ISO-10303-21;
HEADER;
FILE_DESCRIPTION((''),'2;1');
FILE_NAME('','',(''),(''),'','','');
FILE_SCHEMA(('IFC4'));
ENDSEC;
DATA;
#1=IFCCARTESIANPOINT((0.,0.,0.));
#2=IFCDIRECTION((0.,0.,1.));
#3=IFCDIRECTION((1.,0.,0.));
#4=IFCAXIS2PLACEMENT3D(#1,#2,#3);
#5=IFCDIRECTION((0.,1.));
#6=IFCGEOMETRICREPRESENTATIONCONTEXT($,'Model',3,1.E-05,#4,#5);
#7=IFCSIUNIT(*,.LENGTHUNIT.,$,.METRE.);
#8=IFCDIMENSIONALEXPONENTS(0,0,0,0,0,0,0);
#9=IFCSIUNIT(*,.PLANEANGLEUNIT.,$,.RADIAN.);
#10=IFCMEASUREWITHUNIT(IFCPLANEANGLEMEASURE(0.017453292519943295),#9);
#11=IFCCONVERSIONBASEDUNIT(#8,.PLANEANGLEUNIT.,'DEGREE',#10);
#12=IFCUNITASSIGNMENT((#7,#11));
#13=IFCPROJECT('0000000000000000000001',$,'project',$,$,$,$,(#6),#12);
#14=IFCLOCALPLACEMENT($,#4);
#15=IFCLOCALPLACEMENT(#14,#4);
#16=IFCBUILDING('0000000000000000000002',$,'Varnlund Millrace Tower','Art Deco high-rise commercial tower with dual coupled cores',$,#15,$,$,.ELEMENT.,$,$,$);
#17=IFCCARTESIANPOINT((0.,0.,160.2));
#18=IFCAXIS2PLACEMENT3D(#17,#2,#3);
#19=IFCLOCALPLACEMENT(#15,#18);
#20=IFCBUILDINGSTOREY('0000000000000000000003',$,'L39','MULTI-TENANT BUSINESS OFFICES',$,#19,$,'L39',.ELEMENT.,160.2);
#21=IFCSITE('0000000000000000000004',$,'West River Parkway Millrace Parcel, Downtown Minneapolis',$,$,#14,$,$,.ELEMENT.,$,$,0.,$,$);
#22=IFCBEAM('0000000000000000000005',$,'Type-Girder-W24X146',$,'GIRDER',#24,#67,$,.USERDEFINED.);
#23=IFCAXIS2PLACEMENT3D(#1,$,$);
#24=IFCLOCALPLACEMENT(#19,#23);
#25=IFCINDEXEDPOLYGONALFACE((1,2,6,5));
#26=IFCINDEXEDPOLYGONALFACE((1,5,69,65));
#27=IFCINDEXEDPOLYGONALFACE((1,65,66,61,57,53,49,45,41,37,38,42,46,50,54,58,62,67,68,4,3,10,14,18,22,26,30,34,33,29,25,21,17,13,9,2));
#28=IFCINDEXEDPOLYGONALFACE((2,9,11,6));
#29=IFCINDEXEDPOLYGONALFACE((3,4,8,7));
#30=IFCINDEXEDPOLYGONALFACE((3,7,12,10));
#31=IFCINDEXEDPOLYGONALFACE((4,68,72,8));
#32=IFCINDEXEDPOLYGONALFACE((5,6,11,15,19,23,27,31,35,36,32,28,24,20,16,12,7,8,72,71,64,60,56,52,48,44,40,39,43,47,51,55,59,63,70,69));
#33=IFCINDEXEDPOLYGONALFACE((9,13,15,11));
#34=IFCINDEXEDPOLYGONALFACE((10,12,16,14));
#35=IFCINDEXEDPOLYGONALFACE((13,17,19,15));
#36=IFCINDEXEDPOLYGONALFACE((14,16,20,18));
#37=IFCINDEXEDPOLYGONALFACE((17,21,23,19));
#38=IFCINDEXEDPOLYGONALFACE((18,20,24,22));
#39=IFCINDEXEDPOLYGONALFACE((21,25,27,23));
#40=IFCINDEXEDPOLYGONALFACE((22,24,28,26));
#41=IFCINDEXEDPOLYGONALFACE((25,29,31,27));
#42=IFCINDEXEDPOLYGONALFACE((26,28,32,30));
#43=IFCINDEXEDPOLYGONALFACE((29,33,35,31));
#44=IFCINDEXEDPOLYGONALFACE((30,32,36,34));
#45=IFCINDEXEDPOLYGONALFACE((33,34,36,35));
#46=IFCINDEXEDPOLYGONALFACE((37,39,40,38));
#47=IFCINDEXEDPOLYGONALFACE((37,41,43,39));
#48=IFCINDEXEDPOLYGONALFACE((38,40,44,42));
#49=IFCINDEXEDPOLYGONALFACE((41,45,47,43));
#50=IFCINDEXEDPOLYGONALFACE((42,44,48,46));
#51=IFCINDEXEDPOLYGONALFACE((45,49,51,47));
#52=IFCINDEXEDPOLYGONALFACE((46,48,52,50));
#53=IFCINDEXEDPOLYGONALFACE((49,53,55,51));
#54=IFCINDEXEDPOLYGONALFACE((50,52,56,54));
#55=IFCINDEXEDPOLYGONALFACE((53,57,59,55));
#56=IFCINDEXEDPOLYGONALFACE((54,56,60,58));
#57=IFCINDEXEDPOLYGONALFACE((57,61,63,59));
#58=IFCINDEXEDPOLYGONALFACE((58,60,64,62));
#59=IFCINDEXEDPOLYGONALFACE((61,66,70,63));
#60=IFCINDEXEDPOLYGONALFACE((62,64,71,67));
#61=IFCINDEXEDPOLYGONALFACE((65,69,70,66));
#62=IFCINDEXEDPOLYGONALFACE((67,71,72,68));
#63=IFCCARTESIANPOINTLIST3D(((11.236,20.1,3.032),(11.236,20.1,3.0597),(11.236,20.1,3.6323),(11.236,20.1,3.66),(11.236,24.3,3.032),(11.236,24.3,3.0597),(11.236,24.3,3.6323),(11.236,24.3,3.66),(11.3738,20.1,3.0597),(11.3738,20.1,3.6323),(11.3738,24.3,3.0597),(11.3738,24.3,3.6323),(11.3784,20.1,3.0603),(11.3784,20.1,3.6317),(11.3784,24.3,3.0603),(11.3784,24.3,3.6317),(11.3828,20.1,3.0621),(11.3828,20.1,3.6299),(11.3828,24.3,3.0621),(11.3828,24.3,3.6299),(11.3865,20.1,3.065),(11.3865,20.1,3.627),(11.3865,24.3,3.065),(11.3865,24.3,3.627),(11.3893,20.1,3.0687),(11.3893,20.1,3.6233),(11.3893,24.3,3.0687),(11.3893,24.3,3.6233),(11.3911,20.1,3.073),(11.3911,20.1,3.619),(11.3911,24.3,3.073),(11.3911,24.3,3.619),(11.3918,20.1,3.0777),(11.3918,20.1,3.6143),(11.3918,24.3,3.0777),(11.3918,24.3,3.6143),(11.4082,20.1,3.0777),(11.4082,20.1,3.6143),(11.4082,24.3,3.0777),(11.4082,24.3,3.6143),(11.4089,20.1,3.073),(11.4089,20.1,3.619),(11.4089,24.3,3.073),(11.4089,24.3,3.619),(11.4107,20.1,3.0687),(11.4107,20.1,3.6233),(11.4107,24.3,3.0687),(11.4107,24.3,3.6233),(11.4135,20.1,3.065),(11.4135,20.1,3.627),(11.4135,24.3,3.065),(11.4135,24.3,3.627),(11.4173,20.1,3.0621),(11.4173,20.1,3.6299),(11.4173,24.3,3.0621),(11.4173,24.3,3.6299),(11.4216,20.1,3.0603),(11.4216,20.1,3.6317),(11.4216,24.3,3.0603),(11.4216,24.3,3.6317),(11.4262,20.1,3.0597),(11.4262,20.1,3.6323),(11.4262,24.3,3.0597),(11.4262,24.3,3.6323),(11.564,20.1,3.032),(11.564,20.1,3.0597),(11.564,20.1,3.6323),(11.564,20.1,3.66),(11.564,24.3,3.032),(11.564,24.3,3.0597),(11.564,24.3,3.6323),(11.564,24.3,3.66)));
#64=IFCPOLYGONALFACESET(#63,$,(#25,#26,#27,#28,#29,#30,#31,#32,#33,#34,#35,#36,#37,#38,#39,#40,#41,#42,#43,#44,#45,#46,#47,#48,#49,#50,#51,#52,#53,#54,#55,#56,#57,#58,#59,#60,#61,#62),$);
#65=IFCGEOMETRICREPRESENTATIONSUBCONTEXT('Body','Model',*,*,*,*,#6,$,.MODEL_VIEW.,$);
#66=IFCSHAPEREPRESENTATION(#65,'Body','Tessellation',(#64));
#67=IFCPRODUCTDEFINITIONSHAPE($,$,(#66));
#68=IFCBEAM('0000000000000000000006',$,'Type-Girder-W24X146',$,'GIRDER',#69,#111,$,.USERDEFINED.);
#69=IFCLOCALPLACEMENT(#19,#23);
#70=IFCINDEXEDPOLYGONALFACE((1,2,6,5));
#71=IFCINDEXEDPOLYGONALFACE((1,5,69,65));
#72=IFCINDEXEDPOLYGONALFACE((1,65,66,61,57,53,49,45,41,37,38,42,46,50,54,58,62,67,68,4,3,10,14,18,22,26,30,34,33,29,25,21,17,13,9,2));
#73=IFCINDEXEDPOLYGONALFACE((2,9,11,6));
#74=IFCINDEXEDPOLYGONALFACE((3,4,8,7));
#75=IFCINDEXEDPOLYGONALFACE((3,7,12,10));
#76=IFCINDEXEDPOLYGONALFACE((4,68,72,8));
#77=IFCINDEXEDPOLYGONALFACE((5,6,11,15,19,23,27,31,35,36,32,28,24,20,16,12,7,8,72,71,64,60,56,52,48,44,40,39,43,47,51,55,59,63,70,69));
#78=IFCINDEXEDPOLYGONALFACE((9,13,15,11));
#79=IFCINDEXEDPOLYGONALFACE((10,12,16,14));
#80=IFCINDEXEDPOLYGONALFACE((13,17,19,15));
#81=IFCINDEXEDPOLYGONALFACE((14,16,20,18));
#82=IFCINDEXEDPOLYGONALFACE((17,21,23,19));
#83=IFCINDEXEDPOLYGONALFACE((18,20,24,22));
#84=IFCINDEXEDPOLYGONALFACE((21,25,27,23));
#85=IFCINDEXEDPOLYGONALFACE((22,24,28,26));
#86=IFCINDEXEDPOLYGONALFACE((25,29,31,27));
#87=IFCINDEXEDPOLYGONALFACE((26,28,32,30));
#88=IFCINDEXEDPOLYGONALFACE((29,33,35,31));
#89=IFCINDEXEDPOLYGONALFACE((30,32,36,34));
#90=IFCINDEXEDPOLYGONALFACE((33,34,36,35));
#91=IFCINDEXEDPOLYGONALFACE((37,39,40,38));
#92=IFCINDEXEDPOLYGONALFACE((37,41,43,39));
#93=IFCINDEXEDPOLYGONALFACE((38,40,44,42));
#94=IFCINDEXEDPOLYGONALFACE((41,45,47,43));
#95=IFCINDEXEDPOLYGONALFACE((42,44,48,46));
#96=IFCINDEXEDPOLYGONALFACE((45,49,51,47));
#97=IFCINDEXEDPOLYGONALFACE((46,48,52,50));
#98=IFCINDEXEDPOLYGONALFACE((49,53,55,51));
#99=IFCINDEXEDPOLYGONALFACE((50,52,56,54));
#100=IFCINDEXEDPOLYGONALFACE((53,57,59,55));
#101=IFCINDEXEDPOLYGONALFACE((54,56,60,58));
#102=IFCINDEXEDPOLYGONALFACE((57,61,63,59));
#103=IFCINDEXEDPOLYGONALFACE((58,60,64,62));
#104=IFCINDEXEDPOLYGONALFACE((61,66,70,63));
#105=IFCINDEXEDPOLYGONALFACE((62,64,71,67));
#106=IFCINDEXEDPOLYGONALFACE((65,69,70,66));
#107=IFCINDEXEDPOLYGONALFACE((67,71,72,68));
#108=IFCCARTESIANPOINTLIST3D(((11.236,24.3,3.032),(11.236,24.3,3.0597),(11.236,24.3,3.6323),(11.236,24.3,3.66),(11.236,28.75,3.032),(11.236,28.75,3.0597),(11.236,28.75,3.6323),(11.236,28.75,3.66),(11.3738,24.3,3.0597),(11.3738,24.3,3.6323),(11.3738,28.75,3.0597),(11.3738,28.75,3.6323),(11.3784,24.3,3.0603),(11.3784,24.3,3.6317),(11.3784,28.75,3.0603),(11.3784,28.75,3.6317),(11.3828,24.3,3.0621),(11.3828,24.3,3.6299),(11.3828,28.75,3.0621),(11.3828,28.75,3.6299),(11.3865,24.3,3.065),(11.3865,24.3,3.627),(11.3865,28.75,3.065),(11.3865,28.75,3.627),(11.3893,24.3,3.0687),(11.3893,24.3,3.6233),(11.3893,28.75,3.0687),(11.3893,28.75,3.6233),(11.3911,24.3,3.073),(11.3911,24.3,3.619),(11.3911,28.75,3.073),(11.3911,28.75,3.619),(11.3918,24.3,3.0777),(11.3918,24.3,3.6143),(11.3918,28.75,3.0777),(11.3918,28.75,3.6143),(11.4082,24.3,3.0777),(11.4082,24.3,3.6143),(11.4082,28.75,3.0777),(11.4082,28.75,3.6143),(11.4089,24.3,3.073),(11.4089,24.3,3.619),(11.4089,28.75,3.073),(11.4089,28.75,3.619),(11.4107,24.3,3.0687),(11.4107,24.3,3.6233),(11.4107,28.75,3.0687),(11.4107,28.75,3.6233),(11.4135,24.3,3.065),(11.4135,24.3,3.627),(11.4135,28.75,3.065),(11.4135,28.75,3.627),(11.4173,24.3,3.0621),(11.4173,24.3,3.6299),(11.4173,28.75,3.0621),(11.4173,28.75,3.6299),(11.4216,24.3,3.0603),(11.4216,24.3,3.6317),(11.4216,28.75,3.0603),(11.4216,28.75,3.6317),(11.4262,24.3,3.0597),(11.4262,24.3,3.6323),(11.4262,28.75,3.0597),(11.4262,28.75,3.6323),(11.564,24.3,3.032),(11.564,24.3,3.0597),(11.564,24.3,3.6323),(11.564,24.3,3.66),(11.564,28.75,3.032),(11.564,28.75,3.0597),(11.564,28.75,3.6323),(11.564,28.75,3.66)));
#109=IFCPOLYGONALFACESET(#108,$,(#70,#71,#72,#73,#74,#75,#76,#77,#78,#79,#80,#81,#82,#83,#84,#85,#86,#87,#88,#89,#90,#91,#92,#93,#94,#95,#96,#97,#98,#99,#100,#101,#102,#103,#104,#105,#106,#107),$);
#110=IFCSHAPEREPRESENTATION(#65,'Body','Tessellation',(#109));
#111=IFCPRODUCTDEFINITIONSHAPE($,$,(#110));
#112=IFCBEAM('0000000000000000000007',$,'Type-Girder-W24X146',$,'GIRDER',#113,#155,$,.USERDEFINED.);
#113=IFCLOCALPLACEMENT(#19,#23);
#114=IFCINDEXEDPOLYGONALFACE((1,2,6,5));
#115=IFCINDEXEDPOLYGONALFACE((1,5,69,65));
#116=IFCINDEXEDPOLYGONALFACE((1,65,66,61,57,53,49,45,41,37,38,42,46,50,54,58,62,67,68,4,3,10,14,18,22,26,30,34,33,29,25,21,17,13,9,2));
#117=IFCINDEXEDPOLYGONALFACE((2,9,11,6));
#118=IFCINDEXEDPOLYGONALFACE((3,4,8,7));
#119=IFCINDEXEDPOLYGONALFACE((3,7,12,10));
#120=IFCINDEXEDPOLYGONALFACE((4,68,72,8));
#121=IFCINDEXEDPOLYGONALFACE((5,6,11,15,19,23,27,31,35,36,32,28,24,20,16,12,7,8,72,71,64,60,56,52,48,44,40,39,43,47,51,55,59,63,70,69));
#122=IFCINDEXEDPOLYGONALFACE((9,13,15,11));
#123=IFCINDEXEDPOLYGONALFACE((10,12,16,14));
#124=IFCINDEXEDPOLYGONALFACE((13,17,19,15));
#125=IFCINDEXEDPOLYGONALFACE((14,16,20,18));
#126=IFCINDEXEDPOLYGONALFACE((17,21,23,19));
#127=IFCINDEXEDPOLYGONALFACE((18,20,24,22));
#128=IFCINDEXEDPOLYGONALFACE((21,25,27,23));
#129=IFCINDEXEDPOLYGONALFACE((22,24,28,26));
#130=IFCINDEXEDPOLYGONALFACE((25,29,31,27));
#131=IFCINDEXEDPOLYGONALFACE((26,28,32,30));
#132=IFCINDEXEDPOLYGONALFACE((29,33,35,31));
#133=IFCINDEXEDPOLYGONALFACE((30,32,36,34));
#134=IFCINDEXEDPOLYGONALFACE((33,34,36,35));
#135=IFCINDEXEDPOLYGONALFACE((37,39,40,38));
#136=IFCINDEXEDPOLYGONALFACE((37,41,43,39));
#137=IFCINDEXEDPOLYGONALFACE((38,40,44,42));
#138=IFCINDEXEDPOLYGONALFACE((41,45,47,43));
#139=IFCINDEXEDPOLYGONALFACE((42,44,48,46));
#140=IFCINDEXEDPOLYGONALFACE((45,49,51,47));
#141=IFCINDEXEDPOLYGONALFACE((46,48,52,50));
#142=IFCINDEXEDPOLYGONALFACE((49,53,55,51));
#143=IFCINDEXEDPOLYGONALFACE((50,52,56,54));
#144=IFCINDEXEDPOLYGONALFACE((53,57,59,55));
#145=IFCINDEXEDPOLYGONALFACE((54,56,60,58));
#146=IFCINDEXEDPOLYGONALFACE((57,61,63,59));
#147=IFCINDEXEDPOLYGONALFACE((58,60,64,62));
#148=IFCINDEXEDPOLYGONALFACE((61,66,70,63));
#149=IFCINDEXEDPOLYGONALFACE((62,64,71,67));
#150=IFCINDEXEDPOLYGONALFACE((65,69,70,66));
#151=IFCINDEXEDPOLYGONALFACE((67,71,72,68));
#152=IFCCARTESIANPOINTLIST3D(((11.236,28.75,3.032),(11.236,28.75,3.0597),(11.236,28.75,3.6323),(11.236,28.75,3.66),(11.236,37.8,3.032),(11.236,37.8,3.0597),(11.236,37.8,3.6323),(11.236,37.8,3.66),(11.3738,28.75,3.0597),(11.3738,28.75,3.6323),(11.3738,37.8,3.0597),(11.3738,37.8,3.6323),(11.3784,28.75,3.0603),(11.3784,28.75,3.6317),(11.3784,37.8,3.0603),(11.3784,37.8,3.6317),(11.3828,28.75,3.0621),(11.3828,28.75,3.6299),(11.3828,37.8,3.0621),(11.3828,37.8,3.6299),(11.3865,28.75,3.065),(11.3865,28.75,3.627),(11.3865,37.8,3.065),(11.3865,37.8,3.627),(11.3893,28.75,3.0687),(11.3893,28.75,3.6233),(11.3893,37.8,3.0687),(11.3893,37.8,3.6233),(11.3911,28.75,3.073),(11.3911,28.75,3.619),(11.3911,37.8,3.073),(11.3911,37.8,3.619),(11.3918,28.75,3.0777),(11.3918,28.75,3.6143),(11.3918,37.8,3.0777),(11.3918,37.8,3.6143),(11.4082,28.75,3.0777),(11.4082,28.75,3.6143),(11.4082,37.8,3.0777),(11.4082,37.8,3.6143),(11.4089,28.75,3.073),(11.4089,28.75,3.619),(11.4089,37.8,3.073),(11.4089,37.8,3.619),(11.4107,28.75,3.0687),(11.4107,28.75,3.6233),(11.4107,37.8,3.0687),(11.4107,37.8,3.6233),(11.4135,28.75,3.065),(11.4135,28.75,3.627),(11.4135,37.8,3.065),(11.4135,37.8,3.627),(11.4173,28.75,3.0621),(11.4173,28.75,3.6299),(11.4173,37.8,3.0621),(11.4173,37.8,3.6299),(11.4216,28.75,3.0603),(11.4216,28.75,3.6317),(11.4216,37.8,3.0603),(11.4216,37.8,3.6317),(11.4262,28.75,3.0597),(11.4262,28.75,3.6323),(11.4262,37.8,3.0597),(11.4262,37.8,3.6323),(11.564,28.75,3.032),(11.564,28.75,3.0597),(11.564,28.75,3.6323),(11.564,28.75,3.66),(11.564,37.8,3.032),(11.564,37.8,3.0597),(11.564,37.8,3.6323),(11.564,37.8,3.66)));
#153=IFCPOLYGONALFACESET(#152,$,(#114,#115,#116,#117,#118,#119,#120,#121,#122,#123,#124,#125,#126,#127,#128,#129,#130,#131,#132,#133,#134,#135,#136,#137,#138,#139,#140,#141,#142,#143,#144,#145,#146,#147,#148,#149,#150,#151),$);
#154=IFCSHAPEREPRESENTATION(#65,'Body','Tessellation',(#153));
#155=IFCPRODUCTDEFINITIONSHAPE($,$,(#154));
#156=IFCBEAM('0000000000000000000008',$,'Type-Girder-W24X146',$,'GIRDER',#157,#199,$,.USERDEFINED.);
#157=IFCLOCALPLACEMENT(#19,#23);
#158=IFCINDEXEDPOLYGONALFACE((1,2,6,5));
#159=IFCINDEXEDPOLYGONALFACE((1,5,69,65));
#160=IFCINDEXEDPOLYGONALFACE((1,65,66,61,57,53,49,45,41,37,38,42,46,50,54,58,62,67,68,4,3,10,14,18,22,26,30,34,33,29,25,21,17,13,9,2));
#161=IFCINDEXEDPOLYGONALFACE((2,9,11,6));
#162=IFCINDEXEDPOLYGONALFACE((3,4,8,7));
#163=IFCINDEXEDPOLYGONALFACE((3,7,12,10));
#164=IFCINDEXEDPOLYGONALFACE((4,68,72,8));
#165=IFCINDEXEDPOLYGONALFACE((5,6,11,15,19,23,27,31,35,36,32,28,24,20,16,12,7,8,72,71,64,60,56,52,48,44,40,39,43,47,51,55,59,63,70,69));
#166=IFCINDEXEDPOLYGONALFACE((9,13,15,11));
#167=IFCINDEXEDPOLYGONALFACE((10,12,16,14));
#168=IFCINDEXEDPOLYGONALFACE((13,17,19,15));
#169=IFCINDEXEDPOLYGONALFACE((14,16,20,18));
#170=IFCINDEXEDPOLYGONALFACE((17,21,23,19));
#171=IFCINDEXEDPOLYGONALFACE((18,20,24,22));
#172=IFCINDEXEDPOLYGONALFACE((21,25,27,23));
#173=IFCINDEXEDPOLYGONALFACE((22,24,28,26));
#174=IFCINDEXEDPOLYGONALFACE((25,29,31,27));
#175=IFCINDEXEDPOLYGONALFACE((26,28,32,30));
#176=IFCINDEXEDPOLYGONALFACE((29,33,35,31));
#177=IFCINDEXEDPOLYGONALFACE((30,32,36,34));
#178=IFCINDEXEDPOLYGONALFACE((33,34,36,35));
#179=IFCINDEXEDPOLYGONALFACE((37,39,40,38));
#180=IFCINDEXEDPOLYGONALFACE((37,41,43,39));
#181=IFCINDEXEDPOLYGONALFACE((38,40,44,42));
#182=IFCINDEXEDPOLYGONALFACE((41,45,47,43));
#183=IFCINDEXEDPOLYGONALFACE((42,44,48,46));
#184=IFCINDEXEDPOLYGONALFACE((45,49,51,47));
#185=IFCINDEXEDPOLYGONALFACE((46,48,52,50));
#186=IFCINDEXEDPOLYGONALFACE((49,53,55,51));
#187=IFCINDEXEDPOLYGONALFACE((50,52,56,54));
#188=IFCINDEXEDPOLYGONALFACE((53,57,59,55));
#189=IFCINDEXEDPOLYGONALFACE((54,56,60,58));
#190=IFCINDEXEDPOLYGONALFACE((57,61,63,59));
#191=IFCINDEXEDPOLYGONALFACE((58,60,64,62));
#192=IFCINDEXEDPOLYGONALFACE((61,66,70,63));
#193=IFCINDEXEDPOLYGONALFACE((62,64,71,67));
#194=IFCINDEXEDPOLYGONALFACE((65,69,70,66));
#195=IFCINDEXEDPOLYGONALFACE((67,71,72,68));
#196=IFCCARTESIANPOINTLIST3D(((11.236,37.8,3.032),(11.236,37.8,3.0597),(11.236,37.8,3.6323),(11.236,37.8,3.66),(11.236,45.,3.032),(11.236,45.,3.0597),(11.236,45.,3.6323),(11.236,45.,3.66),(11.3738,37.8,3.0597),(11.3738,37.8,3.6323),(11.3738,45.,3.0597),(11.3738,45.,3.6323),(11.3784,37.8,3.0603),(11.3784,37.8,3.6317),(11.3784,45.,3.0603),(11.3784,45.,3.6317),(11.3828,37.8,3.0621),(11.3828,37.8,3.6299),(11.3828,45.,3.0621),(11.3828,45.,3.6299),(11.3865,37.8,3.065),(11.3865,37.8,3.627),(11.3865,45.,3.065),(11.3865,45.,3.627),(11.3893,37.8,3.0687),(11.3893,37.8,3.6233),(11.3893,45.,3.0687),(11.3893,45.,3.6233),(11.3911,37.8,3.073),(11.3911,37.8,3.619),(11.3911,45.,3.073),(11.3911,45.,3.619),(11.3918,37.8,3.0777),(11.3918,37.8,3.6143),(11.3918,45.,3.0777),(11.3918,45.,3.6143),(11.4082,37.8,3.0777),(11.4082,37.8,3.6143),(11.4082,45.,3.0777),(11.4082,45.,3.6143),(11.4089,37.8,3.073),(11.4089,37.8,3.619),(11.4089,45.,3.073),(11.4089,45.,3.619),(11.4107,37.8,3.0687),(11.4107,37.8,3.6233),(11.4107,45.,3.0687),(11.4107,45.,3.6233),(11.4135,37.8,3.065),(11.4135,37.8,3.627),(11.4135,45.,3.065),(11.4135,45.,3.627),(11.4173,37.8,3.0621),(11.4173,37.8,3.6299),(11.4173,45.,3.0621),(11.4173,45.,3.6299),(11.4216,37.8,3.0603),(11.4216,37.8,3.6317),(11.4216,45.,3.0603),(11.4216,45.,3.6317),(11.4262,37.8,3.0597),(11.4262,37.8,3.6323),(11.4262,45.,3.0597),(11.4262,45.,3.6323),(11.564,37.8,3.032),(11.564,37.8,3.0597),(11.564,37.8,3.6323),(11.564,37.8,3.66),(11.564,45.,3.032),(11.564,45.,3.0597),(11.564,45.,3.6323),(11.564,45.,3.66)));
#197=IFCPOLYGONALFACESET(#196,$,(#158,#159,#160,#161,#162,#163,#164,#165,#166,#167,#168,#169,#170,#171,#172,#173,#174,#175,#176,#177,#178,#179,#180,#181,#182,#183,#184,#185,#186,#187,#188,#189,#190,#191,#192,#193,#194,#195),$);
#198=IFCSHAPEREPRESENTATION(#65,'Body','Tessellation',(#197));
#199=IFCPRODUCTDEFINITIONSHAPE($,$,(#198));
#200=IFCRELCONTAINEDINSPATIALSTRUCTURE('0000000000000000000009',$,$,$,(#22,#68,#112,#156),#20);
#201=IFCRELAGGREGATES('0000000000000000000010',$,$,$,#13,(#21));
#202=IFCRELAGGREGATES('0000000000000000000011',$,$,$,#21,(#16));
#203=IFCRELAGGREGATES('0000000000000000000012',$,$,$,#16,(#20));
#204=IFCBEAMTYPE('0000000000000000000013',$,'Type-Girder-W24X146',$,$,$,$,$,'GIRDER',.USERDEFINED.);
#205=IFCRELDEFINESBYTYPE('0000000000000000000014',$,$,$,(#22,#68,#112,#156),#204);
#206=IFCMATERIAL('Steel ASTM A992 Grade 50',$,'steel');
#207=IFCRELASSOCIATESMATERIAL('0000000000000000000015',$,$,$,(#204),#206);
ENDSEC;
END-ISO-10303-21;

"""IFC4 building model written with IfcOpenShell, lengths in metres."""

from ifc_helpers import new_model, entity, si_unit, converted_unit, direction, frame, origin_with_axes, origin_2d_with_axis, place, context, subcontext, project, spatial, i_section, extrude, material, material_profile, profile_set, type_object, element, save


model = new_model("IFC4")

# Units and contexts
model_context = context("Model", 3, precision=1e-05, world=origin_with_axes(), true_north=direction((0.0, 1.0)))
body_context = subcontext(model_context, "Body", "Model", "MODEL_VIEW")
ifc_project = project(units=[si_unit("LENGTHUNIT", "METRE"), converted_unit("PLANEANGLEUNIT", "DEGREE", entity("IfcPlaneAngleMeasure", 0.017453292519943295), si_unit("PLANEANGLEUNIT", "RADIAN"), dimensions=[0, 0, 0, 0, 0, 0, 0])], contexts=[model_context])

# Site, building, storey
site_placement = place(None, origin_with_axes())
site = spatial("IfcSite", under=ifc_project, at=site_placement, Name="West River Parkway Millrace Parcel, Downtown Minneapolis", CompositionType="ELEMENT", RefElevation=0.0)
building_placement = place(site_placement, origin_with_axes())
building = spatial("IfcBuilding", under=site, at=building_placement, Name="Varnlund Millrace Tower", Description="Art Deco high-rise commercial tower with dual coupled cores", CompositionType="ELEMENT")
storey_placement = place(building_placement, frame((0.0, 0.0, 160.2), z_axis=(0.0, 0.0, 1.0), x_axis=(1.0, 0.0, 0.0)))
storey = spatial("IfcBuildingStorey", under=building, at=storey_placement, Name="L39", Description="MULTI-TENANT BUSINESS OFFICES", LongName="L39", CompositionType="ELEMENT", Elevation=160.2)

# Beams
ifc_material_1 = material(Name="Steel ASTM A992 Grade 50", Category="steel")
ifc_material_profile_1 = material_profile(ifc_material_1, i_section(OverallWidth=0.328, OverallDepth=0.628, WebThickness=0.0165, FlangeThickness=0.0277, FilletRadius=0.018, at=origin_2d_with_axis()), Name="Steel ASTM A992 Grade 50")
ifc_profile_set_1 = profile_set([ifc_material_profile_1], Name="Steel ASTM A992 Grade 50")
beam_type_1 = type_object("IfcBeamType", Name="Type-Girder-W24X146", ElementType="GIRDER", PredefinedType="USERDEFINED", material=ifc_profile_set_1)
beam_1_placement = place(storey_placement, frame((11.4, 20.1, 3.346), z_axis=(0.0, 1.0, 0.0), x_axis=(-1.0, 0.0, 0.0)))
element("IfcBeam", 1, at=beam_1_placement, inside=storey, type_object=beam_type_1, Name="Type-Girder-W24X146", ObjectType="GIRDER", PredefinedType="USERDEFINED", context=body_context, shape_type="SweptSolid", body=[
    extrude(i_section(OverallWidth=0.328, OverallDepth=0.628, WebThickness=0.0165, FlangeThickness=0.0277, FilletRadius=0.018, at=origin_2d_with_axis()), origin_with_axes(), (0.0, 0.0, 1.0), 4.2),
])
beam_2_placement = place(storey_placement, frame((11.4, 24.3, 3.346), z_axis=(0.0, 1.0, 0.0), x_axis=(-1.0, 0.0, 0.0)))
element("IfcBeam", 2, at=beam_2_placement, inside=storey, type_object=beam_type_1, Name="Type-Girder-W24X146", ObjectType="GIRDER", PredefinedType="USERDEFINED", context=body_context, shape_type="SweptSolid", body=[
    extrude(i_section(OverallWidth=0.328, OverallDepth=0.628, WebThickness=0.0165, FlangeThickness=0.0277, FilletRadius=0.018, at=origin_2d_with_axis()), origin_with_axes(), (0.0, 0.0, 1.0), 4.45),
])
beam_3_placement = place(storey_placement, frame((11.4, 28.75, 3.346), z_axis=(0.0, 1.0, 0.0), x_axis=(-1.0, 0.0, 0.0)))
element("IfcBeam", 3, at=beam_3_placement, inside=storey, type_object=beam_type_1, Name="Type-Girder-W24X146", ObjectType="GIRDER", PredefinedType="USERDEFINED", context=body_context, shape_type="SweptSolid", body=[
    extrude(i_section(OverallWidth=0.328, OverallDepth=0.628, WebThickness=0.0165, FlangeThickness=0.0277, FilletRadius=0.018, at=origin_2d_with_axis()), origin_with_axes(), (0.0, 0.0, 1.0), 9.05),
])
beam_4_placement = place(storey_placement, frame((11.4, 37.8, 3.346), z_axis=(0.0, 1.0, 0.0), x_axis=(-1.0, 0.0, 0.0)))
element("IfcBeam", 4, at=beam_4_placement, inside=storey, type_object=beam_type_1, Name="Type-Girder-W24X146", ObjectType="GIRDER", PredefinedType="USERDEFINED", context=body_context, shape_type="SweptSolid", body=[
    extrude(i_section(OverallWidth=0.328, OverallDepth=0.628, WebThickness=0.0165, FlangeThickness=0.0277, FilletRadius=0.018, at=origin_2d_with_axis()), origin_with_axes(), (0.0, 0.0, 1.0), 7.2),
])

save(model, "model.ifc")
